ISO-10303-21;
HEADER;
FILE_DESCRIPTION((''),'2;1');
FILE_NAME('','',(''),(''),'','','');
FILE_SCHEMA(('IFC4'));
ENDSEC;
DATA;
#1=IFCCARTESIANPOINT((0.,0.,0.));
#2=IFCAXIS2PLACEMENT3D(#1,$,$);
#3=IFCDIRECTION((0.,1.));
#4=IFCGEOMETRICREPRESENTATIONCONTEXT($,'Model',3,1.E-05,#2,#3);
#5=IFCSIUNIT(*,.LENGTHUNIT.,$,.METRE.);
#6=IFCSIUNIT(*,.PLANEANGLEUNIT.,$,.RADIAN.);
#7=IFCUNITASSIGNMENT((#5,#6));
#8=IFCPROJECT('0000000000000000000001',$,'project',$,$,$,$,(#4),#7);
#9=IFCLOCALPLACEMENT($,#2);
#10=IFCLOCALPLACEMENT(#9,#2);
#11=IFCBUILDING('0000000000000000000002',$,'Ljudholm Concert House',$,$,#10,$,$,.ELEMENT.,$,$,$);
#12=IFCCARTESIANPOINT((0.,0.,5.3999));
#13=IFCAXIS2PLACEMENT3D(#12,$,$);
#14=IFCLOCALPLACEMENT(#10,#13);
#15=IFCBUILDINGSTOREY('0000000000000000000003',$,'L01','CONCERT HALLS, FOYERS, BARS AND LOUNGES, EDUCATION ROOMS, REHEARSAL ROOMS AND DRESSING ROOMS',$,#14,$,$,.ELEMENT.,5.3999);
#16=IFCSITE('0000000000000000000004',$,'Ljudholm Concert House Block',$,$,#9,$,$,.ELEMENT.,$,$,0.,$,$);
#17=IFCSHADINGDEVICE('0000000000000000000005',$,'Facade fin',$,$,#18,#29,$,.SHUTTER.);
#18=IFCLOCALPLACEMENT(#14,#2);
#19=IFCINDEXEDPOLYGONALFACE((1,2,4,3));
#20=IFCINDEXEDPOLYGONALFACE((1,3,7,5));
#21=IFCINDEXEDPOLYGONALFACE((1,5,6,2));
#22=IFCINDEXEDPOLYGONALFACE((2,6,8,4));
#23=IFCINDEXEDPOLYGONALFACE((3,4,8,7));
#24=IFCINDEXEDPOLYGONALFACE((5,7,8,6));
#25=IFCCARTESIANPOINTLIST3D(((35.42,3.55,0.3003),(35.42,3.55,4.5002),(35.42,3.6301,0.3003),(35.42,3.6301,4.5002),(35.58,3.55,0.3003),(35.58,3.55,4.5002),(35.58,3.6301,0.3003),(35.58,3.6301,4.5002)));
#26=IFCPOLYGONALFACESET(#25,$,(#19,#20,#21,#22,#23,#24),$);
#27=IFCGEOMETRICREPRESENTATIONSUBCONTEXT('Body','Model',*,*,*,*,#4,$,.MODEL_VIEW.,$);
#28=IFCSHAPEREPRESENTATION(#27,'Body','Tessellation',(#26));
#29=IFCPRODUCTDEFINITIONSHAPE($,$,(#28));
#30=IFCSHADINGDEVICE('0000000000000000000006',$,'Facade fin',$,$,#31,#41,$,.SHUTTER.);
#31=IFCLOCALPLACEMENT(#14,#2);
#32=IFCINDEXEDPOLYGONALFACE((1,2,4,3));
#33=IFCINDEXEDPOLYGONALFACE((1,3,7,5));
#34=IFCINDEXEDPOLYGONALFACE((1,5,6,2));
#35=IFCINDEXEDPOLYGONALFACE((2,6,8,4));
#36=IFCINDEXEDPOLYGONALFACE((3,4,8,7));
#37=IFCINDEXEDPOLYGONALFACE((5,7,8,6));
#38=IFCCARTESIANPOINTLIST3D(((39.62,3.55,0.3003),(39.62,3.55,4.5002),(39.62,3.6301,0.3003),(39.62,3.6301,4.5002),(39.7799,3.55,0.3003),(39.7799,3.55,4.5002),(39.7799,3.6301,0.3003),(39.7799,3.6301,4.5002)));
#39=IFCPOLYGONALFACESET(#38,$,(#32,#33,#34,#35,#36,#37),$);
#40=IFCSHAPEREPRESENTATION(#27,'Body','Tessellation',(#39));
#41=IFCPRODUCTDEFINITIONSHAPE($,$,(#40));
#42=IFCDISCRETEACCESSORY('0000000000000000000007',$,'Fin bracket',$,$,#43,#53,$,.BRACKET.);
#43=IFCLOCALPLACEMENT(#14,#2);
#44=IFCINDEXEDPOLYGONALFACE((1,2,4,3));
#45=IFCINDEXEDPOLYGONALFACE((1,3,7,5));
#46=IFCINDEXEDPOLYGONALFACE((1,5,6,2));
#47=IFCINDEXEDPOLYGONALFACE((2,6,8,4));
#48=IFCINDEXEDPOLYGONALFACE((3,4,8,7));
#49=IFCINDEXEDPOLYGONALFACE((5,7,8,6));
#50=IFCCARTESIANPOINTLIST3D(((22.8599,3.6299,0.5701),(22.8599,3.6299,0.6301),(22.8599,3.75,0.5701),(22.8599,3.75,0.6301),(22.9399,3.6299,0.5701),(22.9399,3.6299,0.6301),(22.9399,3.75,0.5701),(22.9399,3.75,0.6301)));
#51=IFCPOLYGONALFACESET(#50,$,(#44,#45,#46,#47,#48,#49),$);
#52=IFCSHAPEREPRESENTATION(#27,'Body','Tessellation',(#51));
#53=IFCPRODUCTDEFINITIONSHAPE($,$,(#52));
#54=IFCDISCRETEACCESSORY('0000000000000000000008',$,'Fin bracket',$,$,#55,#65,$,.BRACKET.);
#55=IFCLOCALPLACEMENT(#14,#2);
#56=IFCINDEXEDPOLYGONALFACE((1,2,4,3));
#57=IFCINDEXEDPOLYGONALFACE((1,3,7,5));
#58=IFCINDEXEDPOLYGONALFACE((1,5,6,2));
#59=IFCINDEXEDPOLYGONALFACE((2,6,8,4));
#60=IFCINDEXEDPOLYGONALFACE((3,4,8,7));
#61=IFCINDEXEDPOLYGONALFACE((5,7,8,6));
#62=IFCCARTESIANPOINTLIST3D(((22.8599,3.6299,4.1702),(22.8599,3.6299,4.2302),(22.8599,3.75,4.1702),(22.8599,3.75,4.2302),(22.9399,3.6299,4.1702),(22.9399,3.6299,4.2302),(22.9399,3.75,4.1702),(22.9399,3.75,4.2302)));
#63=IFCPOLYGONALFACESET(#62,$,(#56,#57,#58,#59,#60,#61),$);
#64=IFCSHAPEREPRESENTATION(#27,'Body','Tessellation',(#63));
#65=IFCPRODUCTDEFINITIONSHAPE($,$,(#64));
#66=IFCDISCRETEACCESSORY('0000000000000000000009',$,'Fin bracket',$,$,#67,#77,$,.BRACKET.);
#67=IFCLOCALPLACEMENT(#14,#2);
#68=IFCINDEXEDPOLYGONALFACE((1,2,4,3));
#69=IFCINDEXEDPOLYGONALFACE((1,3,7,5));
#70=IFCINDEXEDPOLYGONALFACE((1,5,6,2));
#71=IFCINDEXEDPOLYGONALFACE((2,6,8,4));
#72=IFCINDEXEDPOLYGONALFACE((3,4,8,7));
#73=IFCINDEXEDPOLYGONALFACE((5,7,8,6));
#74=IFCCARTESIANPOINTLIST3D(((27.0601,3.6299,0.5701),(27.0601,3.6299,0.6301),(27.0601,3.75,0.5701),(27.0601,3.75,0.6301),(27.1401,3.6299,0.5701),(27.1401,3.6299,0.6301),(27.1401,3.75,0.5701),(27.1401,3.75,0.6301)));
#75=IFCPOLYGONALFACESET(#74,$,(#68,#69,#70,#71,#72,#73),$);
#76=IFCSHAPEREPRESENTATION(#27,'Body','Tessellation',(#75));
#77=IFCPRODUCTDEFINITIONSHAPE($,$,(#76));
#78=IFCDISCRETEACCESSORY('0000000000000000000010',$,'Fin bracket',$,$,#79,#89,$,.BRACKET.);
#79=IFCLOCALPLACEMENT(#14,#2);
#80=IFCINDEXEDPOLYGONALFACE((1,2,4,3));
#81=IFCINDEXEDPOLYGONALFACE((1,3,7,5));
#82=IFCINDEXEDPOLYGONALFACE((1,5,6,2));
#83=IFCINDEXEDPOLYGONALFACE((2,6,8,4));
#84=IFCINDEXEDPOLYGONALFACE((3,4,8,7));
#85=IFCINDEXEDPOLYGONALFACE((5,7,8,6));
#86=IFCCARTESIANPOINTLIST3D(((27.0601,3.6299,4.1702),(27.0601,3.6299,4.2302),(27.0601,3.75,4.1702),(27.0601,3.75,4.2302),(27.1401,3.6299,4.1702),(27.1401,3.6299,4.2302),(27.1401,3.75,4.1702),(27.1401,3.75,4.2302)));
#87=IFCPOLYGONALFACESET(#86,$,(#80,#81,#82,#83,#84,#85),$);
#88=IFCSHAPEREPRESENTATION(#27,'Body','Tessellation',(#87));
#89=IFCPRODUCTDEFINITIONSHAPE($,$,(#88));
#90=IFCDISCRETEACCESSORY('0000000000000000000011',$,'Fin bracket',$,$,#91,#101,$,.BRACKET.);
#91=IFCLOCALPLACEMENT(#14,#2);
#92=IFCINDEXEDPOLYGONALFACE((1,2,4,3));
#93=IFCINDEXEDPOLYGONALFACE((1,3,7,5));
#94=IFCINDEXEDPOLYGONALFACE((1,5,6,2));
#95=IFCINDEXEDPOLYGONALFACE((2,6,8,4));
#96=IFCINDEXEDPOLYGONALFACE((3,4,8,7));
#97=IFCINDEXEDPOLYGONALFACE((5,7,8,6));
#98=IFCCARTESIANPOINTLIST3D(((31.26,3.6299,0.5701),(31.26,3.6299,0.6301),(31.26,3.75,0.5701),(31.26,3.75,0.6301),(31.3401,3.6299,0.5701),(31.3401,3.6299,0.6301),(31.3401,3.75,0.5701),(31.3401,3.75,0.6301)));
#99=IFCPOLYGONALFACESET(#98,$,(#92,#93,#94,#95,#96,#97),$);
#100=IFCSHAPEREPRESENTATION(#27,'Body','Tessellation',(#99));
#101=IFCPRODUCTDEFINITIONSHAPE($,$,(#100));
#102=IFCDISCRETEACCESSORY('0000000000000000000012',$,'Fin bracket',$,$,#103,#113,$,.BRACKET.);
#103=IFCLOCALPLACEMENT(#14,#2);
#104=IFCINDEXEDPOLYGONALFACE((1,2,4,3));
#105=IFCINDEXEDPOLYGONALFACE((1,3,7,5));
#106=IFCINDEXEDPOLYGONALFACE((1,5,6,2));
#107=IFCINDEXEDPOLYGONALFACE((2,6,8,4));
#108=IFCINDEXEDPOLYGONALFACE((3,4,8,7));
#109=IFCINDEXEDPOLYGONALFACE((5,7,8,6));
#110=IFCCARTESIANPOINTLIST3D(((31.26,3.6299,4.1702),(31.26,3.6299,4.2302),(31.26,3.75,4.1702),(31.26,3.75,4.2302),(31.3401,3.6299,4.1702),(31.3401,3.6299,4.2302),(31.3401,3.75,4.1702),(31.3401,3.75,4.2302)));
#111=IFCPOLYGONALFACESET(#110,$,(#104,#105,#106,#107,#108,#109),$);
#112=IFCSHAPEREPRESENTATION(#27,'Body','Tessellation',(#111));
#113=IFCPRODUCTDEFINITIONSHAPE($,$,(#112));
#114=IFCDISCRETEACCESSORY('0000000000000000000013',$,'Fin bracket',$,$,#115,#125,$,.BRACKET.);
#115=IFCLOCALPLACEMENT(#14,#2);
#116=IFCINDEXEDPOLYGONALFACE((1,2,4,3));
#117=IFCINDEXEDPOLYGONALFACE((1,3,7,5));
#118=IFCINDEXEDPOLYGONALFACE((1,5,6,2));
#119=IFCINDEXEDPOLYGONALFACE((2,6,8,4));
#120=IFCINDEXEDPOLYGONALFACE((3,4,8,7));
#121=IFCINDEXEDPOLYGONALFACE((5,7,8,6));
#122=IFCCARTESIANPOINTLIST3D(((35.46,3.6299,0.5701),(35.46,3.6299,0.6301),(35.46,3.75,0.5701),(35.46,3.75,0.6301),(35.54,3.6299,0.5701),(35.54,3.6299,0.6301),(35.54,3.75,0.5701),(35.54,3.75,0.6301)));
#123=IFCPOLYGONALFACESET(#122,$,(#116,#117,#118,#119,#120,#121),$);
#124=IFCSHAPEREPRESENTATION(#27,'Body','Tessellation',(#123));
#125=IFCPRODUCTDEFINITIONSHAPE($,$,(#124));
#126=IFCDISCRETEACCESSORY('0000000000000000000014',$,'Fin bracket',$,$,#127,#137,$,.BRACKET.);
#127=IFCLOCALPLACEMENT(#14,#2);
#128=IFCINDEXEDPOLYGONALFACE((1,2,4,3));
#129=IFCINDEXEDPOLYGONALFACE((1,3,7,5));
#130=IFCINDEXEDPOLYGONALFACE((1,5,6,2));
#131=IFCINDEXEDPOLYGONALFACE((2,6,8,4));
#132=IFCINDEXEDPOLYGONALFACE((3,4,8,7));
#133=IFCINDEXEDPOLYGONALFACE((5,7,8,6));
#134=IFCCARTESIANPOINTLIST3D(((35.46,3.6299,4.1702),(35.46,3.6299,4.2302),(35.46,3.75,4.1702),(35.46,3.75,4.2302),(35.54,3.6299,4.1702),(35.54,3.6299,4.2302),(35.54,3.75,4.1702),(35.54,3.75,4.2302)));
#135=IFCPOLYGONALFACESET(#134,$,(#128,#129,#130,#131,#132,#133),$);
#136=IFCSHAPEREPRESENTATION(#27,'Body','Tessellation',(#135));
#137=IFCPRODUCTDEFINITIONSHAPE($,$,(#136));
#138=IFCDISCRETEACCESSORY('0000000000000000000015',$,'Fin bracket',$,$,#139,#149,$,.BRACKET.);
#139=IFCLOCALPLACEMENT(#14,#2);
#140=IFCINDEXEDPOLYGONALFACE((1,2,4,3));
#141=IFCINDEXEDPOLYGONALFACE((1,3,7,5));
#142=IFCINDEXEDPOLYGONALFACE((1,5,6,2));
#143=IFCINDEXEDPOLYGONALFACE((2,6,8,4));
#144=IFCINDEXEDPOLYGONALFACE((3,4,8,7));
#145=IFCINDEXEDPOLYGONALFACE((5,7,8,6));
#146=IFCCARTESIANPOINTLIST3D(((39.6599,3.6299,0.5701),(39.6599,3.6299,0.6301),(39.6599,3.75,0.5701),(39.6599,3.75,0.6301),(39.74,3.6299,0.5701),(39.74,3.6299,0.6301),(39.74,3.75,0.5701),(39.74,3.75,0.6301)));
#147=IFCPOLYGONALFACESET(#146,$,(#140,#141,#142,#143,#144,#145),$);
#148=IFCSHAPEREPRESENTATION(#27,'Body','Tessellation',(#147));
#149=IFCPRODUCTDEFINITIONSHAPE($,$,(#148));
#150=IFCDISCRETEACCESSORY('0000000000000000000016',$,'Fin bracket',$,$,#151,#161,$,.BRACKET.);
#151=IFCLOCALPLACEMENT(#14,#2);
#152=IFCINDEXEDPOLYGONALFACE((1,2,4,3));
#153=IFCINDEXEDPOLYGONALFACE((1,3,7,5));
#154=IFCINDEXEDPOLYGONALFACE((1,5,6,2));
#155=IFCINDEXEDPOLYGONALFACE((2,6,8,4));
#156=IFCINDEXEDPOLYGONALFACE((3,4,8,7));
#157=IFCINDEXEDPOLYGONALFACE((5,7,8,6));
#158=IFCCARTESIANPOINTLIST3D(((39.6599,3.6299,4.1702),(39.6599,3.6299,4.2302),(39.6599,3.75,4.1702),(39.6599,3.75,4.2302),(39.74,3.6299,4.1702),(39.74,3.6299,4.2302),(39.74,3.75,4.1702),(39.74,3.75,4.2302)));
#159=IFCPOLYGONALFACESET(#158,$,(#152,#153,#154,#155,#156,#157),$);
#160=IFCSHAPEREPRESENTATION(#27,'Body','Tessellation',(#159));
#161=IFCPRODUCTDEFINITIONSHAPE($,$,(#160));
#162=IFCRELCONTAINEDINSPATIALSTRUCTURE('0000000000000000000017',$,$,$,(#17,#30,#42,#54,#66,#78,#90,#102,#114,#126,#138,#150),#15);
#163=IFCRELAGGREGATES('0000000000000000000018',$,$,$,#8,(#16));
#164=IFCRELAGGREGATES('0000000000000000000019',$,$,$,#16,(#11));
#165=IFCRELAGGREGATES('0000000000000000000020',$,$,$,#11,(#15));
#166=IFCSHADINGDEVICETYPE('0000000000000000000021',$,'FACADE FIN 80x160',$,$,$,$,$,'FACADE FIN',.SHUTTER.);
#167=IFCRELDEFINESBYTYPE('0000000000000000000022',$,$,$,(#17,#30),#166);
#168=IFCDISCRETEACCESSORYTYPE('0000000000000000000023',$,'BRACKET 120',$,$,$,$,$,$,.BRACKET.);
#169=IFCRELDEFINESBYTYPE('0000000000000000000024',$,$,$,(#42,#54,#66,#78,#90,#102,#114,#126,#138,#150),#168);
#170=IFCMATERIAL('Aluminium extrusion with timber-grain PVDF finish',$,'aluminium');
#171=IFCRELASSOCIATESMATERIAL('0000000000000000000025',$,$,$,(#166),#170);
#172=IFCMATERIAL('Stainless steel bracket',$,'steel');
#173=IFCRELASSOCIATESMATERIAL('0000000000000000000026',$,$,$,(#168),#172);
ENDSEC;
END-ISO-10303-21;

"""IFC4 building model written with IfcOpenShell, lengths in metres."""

from ifc_helpers import new_model, si_unit, direction, frame, origin, origin_2d, place, context, subcontext, project, spatial, rectangle, extrude, material, type_object, element, save


model = new_model("IFC4")

# Units and contexts
model_context = context("Model", 3, precision=1e-05, world=origin(), true_north=direction((0.0, 1.0)))
body_context = subcontext(model_context, "Body", "Model", "MODEL_VIEW")
ifc_project = project(units=[si_unit("LENGTHUNIT", "METRE"), si_unit("PLANEANGLEUNIT", "RADIAN")], contexts=[model_context])

# Site, building, storey
site_placement = place(None, origin())
site = spatial("IfcSite", under=ifc_project, at=site_placement, Name="Ljudholm Concert House Block", CompositionType="ELEMENT", RefElevation=0.0)
building_placement = place(site_placement, origin())
building = spatial("IfcBuilding", under=site, at=building_placement, Name="Ljudholm Concert House", CompositionType="ELEMENT")
storey_placement = place(building_placement, frame((0.0, 0.0, 5.3999)))
storey = spatial("IfcBuildingStorey", under=building, at=storey_placement, Name="L01", Description="CONCERT HALLS, FOYERS, BARS AND LOUNGES, EDUCATION ROOMS, REHEARSAL ROOMS AND DRESSING ROOMS", CompositionType="ELEMENT", Elevation=5.3999)

# Shading devices
ifc_material_1 = material(Name="Aluminium extrusion with timber-grain PVDF finish", Category="aluminium")
shading_device_type = type_object("IfcShadingDeviceType", Name="FACADE FIN 80x160", ElementType="FACADE FIN", PredefinedType="SHUTTER", material=ifc_material_1)
for number, where, z_axis, x_axis, name in (
    (1, (35.5, 3.5901, 0.3003), (0.0, 0.0, 1.0), (0.0, -1.0, 0.0), "Facade fin"),
    (2, (39.7, 3.5901, 0.3003), (0.0, 0.0, 1.0), (0.0, -1.0, 0.0), "Facade fin"),
):
    element("IfcShadingDevice", number, at=place(storey_placement, frame(where, z_axis=z_axis, x_axis=x_axis)), inside=storey, type_object=shading_device_type, Name=name, PredefinedType="SHUTTER", context=body_context, shape_type="SweptSolid", body=[
        extrude(rectangle(XDim=0.0801, YDim=0.1599, at=origin_2d()), origin(), (0.0, 0.0, 1.0), 4.2),
    ])

# Discrete accessories
ifc_material_2 = material(Name="Stainless steel bracket", Category="steel")
discrete_accessory_type = type_object("IfcDiscreteAccessoryType", Name="BRACKET 120", PredefinedType="BRACKET", material=ifc_material_2)
for number, where, z_axis, x_axis, name in (
    (3, (22.8999, 3.6899, 0.5701), (0.0, 0.0, 1.0), (0.0, -1.0, 0.0), "Fin bracket"),
    (4, (22.8999, 3.6899, 4.1702), (0.0, 0.0, 1.0), (0.0, -1.0, 0.0), "Fin bracket"),
    (5, (27.1001, 3.6899, 0.5701), (0.0, 0.0, 1.0), (0.0, -1.0, 0.0), "Fin bracket"),
    (6, (27.1001, 3.6899, 4.1702), (0.0, 0.0, 1.0), (0.0, -1.0, 0.0), "Fin bracket"),
    (7, (31.3, 3.6899, 0.5701), (0.0, 0.0, 1.0), (0.0, -1.0, 0.0), "Fin bracket"),
    (8, (31.3, 3.6899, 4.1702), (0.0, 0.0, 1.0), (0.0, -1.0, 0.0), "Fin bracket"),
    (9, (35.5, 3.6899, 0.5701), (0.0, 0.0, 1.0), (0.0, -1.0, 0.0), "Fin bracket"),
    (10, (35.5, 3.6899, 4.1702), (0.0, 0.0, 1.0), (0.0, -1.0, 0.0), "Fin bracket"),
    (11, (39.7, 3.6899, 0.5701), (0.0, 0.0, 1.0), (0.0, -1.0, 0.0), "Fin bracket"),
    (12, (39.7, 3.6899, 4.1702), (0.0, 0.0, 1.0), (0.0, -1.0, 0.0), "Fin bracket"),
):
    element("IfcDiscreteAccessory", number, at=place(storey_placement, frame(where, z_axis=z_axis, x_axis=x_axis)), inside=storey, type_object=discrete_accessory_type, Name=name, PredefinedType="BRACKET", context=body_context, shape_type="SweptSolid", body=[
        extrude(rectangle(XDim=0.1201, YDim=0.0801, at=origin_2d()), origin(), (0.0, 0.0, 1.0), 0.0601),
    ])

save(model, "model.ifc")
